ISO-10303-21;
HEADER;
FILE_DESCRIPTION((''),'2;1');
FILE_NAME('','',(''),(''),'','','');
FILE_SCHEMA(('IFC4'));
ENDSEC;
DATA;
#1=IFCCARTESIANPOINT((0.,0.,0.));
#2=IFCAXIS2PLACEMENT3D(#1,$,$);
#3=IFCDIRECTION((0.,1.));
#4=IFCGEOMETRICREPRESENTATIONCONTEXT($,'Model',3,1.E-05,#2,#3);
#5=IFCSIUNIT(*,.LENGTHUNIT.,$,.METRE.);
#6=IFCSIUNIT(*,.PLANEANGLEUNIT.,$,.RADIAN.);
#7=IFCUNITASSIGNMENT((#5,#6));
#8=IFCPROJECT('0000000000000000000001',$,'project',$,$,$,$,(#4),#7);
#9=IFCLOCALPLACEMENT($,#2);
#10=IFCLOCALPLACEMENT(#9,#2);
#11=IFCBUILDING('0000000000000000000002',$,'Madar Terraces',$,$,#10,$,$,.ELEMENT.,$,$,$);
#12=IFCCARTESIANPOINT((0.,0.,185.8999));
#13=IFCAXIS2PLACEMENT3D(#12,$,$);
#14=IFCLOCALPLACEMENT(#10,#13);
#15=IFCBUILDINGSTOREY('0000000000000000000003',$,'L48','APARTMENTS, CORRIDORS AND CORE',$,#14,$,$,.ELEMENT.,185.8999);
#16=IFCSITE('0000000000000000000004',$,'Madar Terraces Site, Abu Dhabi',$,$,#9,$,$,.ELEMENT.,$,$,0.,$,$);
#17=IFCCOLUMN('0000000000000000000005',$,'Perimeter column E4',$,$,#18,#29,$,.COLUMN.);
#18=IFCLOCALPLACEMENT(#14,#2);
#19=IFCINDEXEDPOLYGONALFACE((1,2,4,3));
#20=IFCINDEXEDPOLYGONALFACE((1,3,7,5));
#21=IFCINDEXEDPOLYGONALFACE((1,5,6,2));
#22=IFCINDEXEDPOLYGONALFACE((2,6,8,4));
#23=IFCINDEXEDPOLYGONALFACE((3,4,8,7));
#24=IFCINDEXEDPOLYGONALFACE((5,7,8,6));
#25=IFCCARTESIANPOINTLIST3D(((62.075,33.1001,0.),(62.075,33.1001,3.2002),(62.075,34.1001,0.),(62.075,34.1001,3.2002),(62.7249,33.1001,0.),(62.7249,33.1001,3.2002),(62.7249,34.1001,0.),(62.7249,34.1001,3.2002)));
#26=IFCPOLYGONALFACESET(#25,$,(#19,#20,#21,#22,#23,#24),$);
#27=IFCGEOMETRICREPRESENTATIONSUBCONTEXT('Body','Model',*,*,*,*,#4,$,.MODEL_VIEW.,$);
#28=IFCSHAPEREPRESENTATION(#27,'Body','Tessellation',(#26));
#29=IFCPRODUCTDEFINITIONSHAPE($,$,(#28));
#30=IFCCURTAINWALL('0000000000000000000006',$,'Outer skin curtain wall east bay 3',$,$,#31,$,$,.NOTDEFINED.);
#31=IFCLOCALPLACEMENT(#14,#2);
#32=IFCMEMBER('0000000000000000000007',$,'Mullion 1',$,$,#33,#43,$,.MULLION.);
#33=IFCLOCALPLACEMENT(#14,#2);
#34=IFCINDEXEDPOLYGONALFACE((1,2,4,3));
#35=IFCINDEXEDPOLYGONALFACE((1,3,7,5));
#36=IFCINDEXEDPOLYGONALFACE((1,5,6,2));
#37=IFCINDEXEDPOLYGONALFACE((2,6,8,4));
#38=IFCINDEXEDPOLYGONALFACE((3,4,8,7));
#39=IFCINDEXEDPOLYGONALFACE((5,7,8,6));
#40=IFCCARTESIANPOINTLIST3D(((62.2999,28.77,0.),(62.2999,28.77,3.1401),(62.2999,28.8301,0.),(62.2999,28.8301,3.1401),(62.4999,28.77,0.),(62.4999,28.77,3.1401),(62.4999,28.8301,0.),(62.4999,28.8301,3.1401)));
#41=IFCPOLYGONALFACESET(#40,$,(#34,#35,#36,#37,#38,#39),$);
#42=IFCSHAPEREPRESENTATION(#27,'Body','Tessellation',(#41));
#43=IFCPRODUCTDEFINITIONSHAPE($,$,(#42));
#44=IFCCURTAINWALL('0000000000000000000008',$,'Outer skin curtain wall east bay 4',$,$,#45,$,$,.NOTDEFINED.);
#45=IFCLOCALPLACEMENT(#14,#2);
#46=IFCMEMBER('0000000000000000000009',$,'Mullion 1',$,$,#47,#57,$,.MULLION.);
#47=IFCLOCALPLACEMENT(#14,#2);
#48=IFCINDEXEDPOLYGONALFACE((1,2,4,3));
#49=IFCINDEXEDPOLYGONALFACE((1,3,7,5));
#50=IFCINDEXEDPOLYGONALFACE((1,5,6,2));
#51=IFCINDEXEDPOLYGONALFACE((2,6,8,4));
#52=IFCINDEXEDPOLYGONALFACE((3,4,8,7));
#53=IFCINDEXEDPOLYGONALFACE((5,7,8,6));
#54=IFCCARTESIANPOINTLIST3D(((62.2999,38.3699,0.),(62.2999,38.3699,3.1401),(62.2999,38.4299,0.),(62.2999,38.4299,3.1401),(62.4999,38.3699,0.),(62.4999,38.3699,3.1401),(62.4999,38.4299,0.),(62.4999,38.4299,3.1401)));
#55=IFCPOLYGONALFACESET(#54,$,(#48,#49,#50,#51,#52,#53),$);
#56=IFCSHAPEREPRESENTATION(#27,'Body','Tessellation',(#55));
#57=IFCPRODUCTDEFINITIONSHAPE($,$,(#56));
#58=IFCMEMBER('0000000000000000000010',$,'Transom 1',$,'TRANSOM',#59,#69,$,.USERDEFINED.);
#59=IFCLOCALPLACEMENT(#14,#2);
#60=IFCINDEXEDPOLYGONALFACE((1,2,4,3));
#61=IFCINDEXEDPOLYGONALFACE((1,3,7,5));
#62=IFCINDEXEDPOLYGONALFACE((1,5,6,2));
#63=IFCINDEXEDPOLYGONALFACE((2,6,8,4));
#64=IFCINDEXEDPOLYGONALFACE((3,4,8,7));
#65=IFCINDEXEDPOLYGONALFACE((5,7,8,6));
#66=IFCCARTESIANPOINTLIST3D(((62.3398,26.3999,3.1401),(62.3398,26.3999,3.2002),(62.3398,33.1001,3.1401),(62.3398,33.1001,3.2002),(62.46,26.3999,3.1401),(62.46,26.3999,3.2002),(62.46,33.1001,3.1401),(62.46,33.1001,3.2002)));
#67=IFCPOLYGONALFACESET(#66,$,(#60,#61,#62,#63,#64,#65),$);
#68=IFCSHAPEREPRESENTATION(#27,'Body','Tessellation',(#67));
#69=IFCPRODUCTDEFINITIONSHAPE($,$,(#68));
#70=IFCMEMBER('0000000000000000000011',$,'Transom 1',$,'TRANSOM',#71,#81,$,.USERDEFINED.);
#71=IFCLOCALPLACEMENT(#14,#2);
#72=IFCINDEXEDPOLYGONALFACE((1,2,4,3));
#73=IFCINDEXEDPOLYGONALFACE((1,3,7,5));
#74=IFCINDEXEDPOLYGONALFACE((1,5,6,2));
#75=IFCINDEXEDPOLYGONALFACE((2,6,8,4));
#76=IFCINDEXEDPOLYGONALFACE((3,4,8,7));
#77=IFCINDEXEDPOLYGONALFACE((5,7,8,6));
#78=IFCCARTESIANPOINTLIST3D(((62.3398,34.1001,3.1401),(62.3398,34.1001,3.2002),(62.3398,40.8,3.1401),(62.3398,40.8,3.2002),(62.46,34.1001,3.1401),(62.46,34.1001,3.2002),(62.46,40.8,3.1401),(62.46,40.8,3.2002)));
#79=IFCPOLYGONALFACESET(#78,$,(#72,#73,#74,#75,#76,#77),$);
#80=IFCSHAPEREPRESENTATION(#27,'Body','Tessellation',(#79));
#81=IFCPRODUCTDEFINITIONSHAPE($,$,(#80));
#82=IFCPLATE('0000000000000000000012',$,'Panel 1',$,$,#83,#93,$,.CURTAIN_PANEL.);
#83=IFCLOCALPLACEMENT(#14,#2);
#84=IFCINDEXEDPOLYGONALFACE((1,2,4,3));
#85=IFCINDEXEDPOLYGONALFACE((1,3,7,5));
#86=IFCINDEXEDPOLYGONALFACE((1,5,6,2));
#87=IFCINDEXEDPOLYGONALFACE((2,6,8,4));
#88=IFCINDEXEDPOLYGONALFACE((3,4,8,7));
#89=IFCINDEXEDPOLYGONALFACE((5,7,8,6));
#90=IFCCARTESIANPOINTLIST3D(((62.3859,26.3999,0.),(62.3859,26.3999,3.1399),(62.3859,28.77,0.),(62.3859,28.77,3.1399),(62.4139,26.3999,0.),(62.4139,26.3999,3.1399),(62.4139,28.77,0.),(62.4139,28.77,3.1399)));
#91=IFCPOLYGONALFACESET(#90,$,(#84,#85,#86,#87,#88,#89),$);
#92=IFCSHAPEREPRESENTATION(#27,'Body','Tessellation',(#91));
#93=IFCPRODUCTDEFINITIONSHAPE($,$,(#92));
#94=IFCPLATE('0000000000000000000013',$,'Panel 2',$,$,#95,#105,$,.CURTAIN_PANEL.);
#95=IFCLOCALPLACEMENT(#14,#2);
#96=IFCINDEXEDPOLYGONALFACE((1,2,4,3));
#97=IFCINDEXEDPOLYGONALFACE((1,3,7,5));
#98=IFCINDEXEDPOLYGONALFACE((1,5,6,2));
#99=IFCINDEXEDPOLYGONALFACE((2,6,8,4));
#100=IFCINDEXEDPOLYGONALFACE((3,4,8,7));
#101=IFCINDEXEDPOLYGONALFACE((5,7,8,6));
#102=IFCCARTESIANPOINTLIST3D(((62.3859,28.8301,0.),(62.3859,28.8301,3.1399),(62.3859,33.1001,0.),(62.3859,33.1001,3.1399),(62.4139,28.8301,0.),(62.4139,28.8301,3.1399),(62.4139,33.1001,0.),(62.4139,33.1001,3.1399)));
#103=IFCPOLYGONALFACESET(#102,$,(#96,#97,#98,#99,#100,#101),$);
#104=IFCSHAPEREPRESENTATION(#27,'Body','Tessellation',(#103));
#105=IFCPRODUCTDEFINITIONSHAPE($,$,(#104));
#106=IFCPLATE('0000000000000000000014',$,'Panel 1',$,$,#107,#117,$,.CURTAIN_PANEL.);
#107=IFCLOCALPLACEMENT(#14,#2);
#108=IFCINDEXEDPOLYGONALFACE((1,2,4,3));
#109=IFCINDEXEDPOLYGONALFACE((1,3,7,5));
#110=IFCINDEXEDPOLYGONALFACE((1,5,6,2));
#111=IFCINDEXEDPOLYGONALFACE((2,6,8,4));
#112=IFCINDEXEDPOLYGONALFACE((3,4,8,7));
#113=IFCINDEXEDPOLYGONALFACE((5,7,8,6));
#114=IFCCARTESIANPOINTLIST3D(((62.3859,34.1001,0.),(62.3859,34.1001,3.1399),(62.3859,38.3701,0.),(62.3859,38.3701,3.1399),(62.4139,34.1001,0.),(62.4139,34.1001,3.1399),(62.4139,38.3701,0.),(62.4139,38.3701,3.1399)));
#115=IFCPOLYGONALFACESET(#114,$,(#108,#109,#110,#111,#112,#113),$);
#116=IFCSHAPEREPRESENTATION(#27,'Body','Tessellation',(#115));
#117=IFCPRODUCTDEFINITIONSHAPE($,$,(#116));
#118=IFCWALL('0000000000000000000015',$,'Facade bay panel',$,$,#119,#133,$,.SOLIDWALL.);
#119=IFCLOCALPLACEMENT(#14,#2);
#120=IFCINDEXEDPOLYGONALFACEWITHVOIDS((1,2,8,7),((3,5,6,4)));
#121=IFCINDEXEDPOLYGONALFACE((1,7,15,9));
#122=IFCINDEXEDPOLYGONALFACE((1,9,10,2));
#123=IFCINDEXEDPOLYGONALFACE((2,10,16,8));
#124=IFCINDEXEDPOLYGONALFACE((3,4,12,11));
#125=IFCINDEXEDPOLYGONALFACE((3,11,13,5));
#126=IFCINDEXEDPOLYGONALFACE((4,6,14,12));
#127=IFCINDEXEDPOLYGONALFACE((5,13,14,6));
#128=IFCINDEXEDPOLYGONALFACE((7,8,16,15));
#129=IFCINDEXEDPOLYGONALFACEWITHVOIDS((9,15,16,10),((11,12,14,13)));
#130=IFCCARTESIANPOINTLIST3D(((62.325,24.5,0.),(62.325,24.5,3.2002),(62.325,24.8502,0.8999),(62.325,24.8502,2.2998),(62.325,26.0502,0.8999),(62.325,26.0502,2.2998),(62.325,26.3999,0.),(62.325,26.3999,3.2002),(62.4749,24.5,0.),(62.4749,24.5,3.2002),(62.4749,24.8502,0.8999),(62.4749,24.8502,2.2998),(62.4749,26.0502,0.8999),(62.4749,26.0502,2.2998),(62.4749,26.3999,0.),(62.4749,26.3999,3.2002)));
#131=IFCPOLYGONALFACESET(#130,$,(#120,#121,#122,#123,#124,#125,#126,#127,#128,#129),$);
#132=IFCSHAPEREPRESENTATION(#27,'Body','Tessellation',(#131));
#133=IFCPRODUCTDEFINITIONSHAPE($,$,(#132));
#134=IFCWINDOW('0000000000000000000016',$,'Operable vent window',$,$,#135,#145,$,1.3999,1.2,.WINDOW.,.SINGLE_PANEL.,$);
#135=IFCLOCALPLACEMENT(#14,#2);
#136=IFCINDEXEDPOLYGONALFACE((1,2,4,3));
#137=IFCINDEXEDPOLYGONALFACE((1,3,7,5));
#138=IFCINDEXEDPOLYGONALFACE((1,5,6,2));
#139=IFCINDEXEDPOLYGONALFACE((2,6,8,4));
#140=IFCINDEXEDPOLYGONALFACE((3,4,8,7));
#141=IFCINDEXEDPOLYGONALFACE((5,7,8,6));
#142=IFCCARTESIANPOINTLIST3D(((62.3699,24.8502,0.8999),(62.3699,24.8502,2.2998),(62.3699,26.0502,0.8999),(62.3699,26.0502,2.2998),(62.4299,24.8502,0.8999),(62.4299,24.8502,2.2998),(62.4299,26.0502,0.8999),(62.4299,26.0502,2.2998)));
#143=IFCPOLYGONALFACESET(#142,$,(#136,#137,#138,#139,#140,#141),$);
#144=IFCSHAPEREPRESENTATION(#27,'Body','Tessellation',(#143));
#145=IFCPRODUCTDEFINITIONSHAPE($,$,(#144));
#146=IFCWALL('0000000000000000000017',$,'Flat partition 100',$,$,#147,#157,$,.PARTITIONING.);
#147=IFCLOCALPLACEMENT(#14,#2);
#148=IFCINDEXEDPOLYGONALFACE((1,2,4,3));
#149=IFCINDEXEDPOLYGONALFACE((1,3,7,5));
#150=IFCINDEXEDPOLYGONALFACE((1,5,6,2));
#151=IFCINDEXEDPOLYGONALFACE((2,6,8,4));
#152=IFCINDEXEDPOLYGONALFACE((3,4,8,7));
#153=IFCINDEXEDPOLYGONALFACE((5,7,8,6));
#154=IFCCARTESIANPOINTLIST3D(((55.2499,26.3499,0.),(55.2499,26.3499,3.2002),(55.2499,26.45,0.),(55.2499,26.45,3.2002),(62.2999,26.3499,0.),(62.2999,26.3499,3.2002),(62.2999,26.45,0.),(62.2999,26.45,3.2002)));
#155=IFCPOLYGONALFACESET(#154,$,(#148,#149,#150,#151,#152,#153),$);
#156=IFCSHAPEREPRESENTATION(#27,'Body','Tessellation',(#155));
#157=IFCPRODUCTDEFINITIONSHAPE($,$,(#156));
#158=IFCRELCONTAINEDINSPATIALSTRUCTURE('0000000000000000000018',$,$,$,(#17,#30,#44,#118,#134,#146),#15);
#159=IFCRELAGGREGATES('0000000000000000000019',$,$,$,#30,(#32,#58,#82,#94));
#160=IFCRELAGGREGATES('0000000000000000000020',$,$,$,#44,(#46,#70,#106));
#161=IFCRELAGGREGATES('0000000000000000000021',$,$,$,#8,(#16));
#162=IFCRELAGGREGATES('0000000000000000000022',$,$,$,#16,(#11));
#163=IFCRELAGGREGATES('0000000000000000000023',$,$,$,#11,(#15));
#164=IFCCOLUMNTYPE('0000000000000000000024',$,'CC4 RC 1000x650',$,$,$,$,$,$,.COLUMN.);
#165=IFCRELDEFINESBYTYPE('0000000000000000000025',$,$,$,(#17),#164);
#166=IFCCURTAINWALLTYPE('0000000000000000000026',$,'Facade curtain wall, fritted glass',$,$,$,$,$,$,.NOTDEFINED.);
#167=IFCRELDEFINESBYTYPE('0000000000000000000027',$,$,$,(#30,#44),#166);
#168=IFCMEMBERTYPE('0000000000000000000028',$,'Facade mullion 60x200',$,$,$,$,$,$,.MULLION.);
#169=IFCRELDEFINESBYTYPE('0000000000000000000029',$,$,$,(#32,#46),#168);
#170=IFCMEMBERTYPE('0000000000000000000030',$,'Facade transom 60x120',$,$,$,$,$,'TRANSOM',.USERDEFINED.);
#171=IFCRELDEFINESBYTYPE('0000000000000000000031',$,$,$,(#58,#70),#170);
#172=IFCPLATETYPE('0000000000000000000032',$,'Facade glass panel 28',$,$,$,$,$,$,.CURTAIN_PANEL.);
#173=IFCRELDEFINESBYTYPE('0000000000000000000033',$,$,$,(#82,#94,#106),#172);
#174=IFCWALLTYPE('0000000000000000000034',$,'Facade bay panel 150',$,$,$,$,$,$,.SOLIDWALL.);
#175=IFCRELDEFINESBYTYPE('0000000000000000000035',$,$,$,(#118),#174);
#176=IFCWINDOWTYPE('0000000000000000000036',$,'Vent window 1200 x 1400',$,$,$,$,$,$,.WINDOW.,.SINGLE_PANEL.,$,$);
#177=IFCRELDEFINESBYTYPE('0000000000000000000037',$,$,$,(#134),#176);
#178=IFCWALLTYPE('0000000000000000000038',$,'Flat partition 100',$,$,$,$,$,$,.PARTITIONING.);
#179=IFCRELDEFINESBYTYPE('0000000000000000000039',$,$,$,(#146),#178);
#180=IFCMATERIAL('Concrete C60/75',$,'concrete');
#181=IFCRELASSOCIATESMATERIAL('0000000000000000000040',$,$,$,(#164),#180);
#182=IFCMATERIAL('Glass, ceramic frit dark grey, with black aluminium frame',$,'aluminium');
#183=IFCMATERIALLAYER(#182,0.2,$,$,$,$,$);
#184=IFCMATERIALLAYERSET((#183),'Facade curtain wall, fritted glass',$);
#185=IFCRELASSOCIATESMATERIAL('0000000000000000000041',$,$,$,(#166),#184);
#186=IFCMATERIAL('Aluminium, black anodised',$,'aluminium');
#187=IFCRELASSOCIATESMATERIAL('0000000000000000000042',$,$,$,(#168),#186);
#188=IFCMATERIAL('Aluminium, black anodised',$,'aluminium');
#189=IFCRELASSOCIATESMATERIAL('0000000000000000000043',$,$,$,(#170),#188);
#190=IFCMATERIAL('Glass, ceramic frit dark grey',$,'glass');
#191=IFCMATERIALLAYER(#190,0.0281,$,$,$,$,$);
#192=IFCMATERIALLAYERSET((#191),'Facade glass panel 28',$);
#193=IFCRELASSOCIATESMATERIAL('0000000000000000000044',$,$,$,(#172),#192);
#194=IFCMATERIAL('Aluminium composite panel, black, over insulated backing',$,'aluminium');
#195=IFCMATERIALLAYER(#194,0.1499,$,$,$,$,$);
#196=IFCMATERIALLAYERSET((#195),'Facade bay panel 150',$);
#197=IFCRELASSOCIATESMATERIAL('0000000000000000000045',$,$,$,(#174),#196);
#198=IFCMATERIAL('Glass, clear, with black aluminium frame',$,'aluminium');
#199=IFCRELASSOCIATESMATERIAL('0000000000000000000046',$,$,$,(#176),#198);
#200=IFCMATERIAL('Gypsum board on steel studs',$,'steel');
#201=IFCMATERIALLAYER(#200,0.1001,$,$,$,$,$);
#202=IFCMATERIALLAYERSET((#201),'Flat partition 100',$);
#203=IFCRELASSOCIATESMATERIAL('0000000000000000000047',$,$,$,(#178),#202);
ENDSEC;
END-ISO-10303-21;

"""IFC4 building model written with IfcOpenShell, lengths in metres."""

from ifc_helpers import new_model, si_unit, direction, frame, frame_2d, origin, origin_2d, place, context, subcontext, project, spatial, rectangle, extrude, material, layer, layer_set, material_profile, profile_set, type_object, element, fill, aggregate, save


model = new_model("IFC4")

# Units and contexts
model_context = context("Model", 3, precision=1e-05, world=origin(), true_north=direction((0.0, 1.0)))
body_context = subcontext(model_context, "Body", "Model", "MODEL_VIEW")
ifc_project = project(units=[si_unit("LENGTHUNIT", "METRE"), si_unit("PLANEANGLEUNIT", "RADIAN")], contexts=[model_context])

# Site, building, storey
site_placement = place(None, origin())
site = spatial("IfcSite", under=ifc_project, at=site_placement, Name="Madar Terraces Site, Abu Dhabi", CompositionType="ELEMENT", RefElevation=0.0)
building_placement = place(site_placement, origin())
building = spatial("IfcBuilding", under=site, at=building_placement, Name="Madar Terraces", CompositionType="ELEMENT")
storey_placement = place(building_placement, frame((0.0, 0.0, 185.8999)))
storey = spatial("IfcBuildingStorey", under=building, at=storey_placement, Name="L48", Description="APARTMENTS, CORRIDORS AND CORE", CompositionType="ELEMENT", Elevation=185.8999)

# Column
ifc_material_1 = material(Name="Concrete C60/75", Category="concrete")
ifc_material_profile_1 = material_profile(ifc_material_1, rectangle(XDim=1.0, YDim=0.6499, at=origin_2d()), Name="CC4 RC 1000x650")
ifc_profile_set_1 = profile_set([ifc_material_profile_1], Name="Concrete C60/75")
column_type = type_object("IfcColumnType", Name="CC4 RC 1000x650", PredefinedType="COLUMN", material=ifc_profile_set_1)
column_placement = place(storey_placement, frame((62.3999, 33.6001, 0.0), z_axis=(0.0, 0.0, 1.0), x_axis=(0.0, 1.0, 0.0)))
element("IfcColumn", 1, at=column_placement, inside=storey, type_object=column_type, Name="Perimeter column E4", PredefinedType="COLUMN", context=body_context, shape_type="SweptSolid", body=[
    extrude(rectangle(XDim=1.0, YDim=0.6499, at=origin_2d()), origin(), (0.0, 0.0, 1.0), 3.2002),
])

# Curtain walls, members
ifc_material_2 = material(Name="Glass, ceramic frit dark grey, with black aluminium frame", Category="aluminium")
ifc_layer_1 = layer(ifc_material_2, 0.2)
ifc_layer_set_1 = layer_set([ifc_layer_1], Name="Facade curtain wall, fritted glass")
curtain_wall_type = type_object("IfcCurtainWallType", Name="Facade curtain wall, fritted glass", PredefinedType="NOTDEFINED", material=ifc_layer_set_1)
curtain_wall_1_placement = place(storey_placement, origin())
curtain_wall_1 = element("IfcCurtainWall", 2, at=curtain_wall_1_placement, inside=storey, type_object=curtain_wall_type, Name="Outer skin curtain wall east bay 3", PredefinedType="NOTDEFINED")
ifc_material_3 = material(Name="Aluminium, black anodised", Category="aluminium")
ifc_material_profile_2 = material_profile(ifc_material_3, rectangle(XDim=0.2, YDim=0.0601, at=origin_2d()), Name="Facade mullion 60x200")
ifc_profile_set_2 = profile_set([ifc_material_profile_2], Name="Aluminium, black anodised")
member_type_1 = type_object("IfcMemberType", Name="Facade mullion 60x200", PredefinedType="MULLION", material=ifc_profile_set_2)
member_1_placement = place(storey_placement, frame((62.3999, 28.8, 0.0), z_axis=(0.0, 0.0, 1.0), x_axis=(-1.0, 0.0, 0.0)))
member_1 = element("IfcMember", 3, at=member_1_placement, type_object=member_type_1, Name="Mullion 1", PredefinedType="MULLION", context=body_context, shape_type="SweptSolid", body=[
    extrude(rectangle(XDim=0.2, YDim=0.0601, at=origin_2d()), origin(), (0.0, 0.0, 1.0), 3.1401),
])
curtain_wall_2_placement = place(storey_placement, origin())
curtain_wall_2 = element("IfcCurtainWall", 4, at=curtain_wall_2_placement, inside=storey, type_object=curtain_wall_type, Name="Outer skin curtain wall east bay 4", PredefinedType="NOTDEFINED")
member_2_placement = place(storey_placement, frame((62.3999, 38.3999, 0.0), z_axis=(0.0, 0.0, 1.0), x_axis=(-1.0, 0.0, 0.0)))
member_2 = element("IfcMember", 5, at=member_2_placement, type_object=member_type_1, Name="Mullion 1", PredefinedType="MULLION", context=body_context, shape_type="SweptSolid", body=[
    extrude(rectangle(XDim=0.2, YDim=0.0601, at=origin_2d()), origin(), (0.0, 0.0, 1.0), 3.1401),
])

# Members
ifc_material_4 = material(Name="Aluminium, black anodised", Category="aluminium")
ifc_material_profile_3 = material_profile(ifc_material_4, rectangle(XDim=0.1201, YDim=0.0601, at=origin_2d()), Name="Facade transom 60x120")
ifc_profile_set_3 = profile_set([ifc_material_profile_3], Name="Aluminium, black anodised")
member_type_2 = type_object("IfcMemberType", Name="Facade transom 60x120", ElementType="TRANSOM", PredefinedType="USERDEFINED", material=ifc_profile_set_3)
member_3_placement = place(storey_placement, frame((62.3999, 26.3999, 3.1702), z_axis=(0.0, 1.0, 0.0), x_axis=(-1.0, 0.0, 0.0)))
member_3 = element("IfcMember", 6, at=member_3_placement, type_object=member_type_2, Name="Transom 1", ObjectType="TRANSOM", PredefinedType="USERDEFINED", context=body_context, shape_type="SweptSolid", body=[
    extrude(rectangle(XDim=0.1201, YDim=0.0601, at=origin_2d()), origin(), (0.0, 0.0, 1.0), 6.7002),
])
member_4_placement = place(storey_placement, frame((62.3999, 34.1001, 3.1702), z_axis=(0.0, 1.0, 0.0), x_axis=(-1.0, 0.0, 0.0)))
member_4 = element("IfcMember", 7, at=member_4_placement, type_object=member_type_2, Name="Transom 1", ObjectType="TRANSOM", PredefinedType="USERDEFINED", context=body_context, shape_type="SweptSolid", body=[
    extrude(rectangle(XDim=0.1201, YDim=0.0601, at=origin_2d()), origin(), (0.0, 0.0, 1.0), 6.7),
])

# Plates
ifc_material_5 = material(Name="Glass, ceramic frit dark grey", Category="glass")
ifc_layer_2 = layer(ifc_material_5, 0.0281)
ifc_layer_set_2 = layer_set([ifc_layer_2], Name="Facade glass panel 28")
plate_type = type_object("IfcPlateType", Name="Facade glass panel 28", PredefinedType="CURTAIN_PANEL", material=ifc_layer_set_2)
plate_1_placement = place(storey_placement, frame((62.3999, 27.585, 0.0), z_axis=(0.0, 0.0, 1.0), x_axis=(0.0, 1.0, 0.0)))
plate_1 = element("IfcPlate", 8, at=plate_1_placement, type_object=plate_type, Name="Panel 1", PredefinedType="CURTAIN_PANEL", context=body_context, shape_type="SweptSolid", body=[
    extrude(rectangle(XDim=2.3701, YDim=0.0281, at=origin_2d()), origin(), (0.0, 0.0, 1.0), 3.1399),
])
plate_2_placement = place(storey_placement, frame((62.3999, 30.9651, 0.0), z_axis=(0.0, 0.0, 1.0), x_axis=(0.0, 1.0, 0.0)))
plate_2 = element("IfcPlate", 9, at=plate_2_placement, type_object=plate_type, Name="Panel 2", PredefinedType="CURTAIN_PANEL", context=body_context, shape_type="SweptSolid", body=[
    extrude(rectangle(XDim=4.27, YDim=0.0281, at=origin_2d()), origin(), (0.0, 0.0, 1.0), 3.1399),
])
aggregate(curtain_wall_1, [member_1, member_3, plate_1, plate_2])
plate_3_placement = place(storey_placement, frame((62.3999, 36.2351, 0.0), z_axis=(0.0, 0.0, 1.0), x_axis=(0.0, 1.0, 0.0)))
plate_3 = element("IfcPlate", 10, at=plate_3_placement, type_object=plate_type, Name="Panel 1", PredefinedType="CURTAIN_PANEL", context=body_context, shape_type="SweptSolid", body=[
    extrude(rectangle(XDim=4.27, YDim=0.0281, at=origin_2d()), origin(), (0.0, 0.0, 1.0), 3.1399),
])
aggregate(curtain_wall_2, [member_2, member_4, plate_3])

# Wall, opening, window
ifc_material_6 = material(Name="Aluminium composite panel, black, over insulated backing", Category="aluminium")
ifc_layer_3 = layer(ifc_material_6, 0.1499)
ifc_layer_set_3 = layer_set([ifc_layer_3], Name="Facade bay panel 150")
wall_type_1 = type_object("IfcWallType", Name="Facade bay panel 150", PredefinedType="SOLIDWALL", material=ifc_layer_set_3)
wall_1_placement = place(storey_placement, frame((62.3999, 24.5, 0.0), z_axis=(0.0, 0.0, 1.0), x_axis=(0.0, 1.0, 0.0)))
wall_1 = element("IfcWall", 11, at=wall_1_placement, inside=storey, type_object=wall_type_1, Name="Facade bay panel", PredefinedType="SOLIDWALL", context=body_context, shape_type="SweptSolid", body=[
    extrude(rectangle(XDim=1.8999, YDim=0.1499, at=frame_2d((0.95, 0.0))), origin(), (0.0, 0.0, 1.0), 3.2002),
])
opening_1_placement = place(wall_1_placement, frame((0.3501, 0.0, 0.8999)))
opening_1 = element("IfcOpeningElement", 12, at=opening_1_placement, cuts=wall_1, PredefinedType="OPENING", context=body_context, shape_type="SweptSolid", body=[
    extrude(rectangle(XDim=1.2, YDim=1.3999, at=frame_2d((0.6001, 0.7))), frame((0.0, 0.085, 0.0), z_axis=(0.0, -1.0, 0.0), x_axis=(1.0, 0.0, 0.0)), (0.0, 0.0, 1.0), 0.1699),
])
ifc_material_7 = material(Name="Glass, clear, with black aluminium frame", Category="aluminium")
window_type = type_object("IfcWindowType", Name="Vent window 1200 x 1400", PartitioningType="SINGLE_PANEL", PredefinedType="WINDOW", material=ifc_material_7)
window_placement = place(opening_1_placement, origin())
window = element("IfcWindow", 13, at=window_placement, inside=storey, type_object=window_type, Name="Operable vent window", OverallHeight=1.3999, OverallWidth=1.2, PartitioningType="SINGLE_PANEL", PredefinedType="WINDOW", context=body_context, shape_type="SweptSolid", body=[
    extrude(rectangle(XDim=1.2, YDim=1.3999, at=frame_2d((0.6001, 0.7))), frame((0.0, 0.03, 0.0), z_axis=(0.0, -1.0, 0.0), x_axis=(1.0, 0.0, 0.0)), (0.0, 0.0, 1.0), 0.0601),
])
fill(opening_1, window)

# Wall
ifc_material_8 = material(Name="Gypsum board on steel studs", Category="steel")
ifc_layer_4 = layer(ifc_material_8, 0.1001)
ifc_layer_set_4 = layer_set([ifc_layer_4], Name="Flat partition 100")
wall_type_2 = type_object("IfcWallType", Name="Flat partition 100", PredefinedType="PARTITIONING", material=ifc_layer_set_4)
wall_2_placement = place(storey_placement, frame((55.25, 26.3999, 0.0), z_axis=(0.0, 0.0, 1.0), x_axis=(1.0, 0.0, 0.0)))
element("IfcWall", 14, at=wall_2_placement, inside=storey, type_object=wall_type_2, Name="Flat partition 100", PredefinedType="PARTITIONING", context=body_context, shape_type="SweptSolid", body=[
    extrude(rectangle(XDim=7.05, YDim=0.1001, at=frame_2d((3.5249, 0.0))), origin(), (0.0, 0.0, 1.0), 3.2002),
])

save(model, "model.ifc")
